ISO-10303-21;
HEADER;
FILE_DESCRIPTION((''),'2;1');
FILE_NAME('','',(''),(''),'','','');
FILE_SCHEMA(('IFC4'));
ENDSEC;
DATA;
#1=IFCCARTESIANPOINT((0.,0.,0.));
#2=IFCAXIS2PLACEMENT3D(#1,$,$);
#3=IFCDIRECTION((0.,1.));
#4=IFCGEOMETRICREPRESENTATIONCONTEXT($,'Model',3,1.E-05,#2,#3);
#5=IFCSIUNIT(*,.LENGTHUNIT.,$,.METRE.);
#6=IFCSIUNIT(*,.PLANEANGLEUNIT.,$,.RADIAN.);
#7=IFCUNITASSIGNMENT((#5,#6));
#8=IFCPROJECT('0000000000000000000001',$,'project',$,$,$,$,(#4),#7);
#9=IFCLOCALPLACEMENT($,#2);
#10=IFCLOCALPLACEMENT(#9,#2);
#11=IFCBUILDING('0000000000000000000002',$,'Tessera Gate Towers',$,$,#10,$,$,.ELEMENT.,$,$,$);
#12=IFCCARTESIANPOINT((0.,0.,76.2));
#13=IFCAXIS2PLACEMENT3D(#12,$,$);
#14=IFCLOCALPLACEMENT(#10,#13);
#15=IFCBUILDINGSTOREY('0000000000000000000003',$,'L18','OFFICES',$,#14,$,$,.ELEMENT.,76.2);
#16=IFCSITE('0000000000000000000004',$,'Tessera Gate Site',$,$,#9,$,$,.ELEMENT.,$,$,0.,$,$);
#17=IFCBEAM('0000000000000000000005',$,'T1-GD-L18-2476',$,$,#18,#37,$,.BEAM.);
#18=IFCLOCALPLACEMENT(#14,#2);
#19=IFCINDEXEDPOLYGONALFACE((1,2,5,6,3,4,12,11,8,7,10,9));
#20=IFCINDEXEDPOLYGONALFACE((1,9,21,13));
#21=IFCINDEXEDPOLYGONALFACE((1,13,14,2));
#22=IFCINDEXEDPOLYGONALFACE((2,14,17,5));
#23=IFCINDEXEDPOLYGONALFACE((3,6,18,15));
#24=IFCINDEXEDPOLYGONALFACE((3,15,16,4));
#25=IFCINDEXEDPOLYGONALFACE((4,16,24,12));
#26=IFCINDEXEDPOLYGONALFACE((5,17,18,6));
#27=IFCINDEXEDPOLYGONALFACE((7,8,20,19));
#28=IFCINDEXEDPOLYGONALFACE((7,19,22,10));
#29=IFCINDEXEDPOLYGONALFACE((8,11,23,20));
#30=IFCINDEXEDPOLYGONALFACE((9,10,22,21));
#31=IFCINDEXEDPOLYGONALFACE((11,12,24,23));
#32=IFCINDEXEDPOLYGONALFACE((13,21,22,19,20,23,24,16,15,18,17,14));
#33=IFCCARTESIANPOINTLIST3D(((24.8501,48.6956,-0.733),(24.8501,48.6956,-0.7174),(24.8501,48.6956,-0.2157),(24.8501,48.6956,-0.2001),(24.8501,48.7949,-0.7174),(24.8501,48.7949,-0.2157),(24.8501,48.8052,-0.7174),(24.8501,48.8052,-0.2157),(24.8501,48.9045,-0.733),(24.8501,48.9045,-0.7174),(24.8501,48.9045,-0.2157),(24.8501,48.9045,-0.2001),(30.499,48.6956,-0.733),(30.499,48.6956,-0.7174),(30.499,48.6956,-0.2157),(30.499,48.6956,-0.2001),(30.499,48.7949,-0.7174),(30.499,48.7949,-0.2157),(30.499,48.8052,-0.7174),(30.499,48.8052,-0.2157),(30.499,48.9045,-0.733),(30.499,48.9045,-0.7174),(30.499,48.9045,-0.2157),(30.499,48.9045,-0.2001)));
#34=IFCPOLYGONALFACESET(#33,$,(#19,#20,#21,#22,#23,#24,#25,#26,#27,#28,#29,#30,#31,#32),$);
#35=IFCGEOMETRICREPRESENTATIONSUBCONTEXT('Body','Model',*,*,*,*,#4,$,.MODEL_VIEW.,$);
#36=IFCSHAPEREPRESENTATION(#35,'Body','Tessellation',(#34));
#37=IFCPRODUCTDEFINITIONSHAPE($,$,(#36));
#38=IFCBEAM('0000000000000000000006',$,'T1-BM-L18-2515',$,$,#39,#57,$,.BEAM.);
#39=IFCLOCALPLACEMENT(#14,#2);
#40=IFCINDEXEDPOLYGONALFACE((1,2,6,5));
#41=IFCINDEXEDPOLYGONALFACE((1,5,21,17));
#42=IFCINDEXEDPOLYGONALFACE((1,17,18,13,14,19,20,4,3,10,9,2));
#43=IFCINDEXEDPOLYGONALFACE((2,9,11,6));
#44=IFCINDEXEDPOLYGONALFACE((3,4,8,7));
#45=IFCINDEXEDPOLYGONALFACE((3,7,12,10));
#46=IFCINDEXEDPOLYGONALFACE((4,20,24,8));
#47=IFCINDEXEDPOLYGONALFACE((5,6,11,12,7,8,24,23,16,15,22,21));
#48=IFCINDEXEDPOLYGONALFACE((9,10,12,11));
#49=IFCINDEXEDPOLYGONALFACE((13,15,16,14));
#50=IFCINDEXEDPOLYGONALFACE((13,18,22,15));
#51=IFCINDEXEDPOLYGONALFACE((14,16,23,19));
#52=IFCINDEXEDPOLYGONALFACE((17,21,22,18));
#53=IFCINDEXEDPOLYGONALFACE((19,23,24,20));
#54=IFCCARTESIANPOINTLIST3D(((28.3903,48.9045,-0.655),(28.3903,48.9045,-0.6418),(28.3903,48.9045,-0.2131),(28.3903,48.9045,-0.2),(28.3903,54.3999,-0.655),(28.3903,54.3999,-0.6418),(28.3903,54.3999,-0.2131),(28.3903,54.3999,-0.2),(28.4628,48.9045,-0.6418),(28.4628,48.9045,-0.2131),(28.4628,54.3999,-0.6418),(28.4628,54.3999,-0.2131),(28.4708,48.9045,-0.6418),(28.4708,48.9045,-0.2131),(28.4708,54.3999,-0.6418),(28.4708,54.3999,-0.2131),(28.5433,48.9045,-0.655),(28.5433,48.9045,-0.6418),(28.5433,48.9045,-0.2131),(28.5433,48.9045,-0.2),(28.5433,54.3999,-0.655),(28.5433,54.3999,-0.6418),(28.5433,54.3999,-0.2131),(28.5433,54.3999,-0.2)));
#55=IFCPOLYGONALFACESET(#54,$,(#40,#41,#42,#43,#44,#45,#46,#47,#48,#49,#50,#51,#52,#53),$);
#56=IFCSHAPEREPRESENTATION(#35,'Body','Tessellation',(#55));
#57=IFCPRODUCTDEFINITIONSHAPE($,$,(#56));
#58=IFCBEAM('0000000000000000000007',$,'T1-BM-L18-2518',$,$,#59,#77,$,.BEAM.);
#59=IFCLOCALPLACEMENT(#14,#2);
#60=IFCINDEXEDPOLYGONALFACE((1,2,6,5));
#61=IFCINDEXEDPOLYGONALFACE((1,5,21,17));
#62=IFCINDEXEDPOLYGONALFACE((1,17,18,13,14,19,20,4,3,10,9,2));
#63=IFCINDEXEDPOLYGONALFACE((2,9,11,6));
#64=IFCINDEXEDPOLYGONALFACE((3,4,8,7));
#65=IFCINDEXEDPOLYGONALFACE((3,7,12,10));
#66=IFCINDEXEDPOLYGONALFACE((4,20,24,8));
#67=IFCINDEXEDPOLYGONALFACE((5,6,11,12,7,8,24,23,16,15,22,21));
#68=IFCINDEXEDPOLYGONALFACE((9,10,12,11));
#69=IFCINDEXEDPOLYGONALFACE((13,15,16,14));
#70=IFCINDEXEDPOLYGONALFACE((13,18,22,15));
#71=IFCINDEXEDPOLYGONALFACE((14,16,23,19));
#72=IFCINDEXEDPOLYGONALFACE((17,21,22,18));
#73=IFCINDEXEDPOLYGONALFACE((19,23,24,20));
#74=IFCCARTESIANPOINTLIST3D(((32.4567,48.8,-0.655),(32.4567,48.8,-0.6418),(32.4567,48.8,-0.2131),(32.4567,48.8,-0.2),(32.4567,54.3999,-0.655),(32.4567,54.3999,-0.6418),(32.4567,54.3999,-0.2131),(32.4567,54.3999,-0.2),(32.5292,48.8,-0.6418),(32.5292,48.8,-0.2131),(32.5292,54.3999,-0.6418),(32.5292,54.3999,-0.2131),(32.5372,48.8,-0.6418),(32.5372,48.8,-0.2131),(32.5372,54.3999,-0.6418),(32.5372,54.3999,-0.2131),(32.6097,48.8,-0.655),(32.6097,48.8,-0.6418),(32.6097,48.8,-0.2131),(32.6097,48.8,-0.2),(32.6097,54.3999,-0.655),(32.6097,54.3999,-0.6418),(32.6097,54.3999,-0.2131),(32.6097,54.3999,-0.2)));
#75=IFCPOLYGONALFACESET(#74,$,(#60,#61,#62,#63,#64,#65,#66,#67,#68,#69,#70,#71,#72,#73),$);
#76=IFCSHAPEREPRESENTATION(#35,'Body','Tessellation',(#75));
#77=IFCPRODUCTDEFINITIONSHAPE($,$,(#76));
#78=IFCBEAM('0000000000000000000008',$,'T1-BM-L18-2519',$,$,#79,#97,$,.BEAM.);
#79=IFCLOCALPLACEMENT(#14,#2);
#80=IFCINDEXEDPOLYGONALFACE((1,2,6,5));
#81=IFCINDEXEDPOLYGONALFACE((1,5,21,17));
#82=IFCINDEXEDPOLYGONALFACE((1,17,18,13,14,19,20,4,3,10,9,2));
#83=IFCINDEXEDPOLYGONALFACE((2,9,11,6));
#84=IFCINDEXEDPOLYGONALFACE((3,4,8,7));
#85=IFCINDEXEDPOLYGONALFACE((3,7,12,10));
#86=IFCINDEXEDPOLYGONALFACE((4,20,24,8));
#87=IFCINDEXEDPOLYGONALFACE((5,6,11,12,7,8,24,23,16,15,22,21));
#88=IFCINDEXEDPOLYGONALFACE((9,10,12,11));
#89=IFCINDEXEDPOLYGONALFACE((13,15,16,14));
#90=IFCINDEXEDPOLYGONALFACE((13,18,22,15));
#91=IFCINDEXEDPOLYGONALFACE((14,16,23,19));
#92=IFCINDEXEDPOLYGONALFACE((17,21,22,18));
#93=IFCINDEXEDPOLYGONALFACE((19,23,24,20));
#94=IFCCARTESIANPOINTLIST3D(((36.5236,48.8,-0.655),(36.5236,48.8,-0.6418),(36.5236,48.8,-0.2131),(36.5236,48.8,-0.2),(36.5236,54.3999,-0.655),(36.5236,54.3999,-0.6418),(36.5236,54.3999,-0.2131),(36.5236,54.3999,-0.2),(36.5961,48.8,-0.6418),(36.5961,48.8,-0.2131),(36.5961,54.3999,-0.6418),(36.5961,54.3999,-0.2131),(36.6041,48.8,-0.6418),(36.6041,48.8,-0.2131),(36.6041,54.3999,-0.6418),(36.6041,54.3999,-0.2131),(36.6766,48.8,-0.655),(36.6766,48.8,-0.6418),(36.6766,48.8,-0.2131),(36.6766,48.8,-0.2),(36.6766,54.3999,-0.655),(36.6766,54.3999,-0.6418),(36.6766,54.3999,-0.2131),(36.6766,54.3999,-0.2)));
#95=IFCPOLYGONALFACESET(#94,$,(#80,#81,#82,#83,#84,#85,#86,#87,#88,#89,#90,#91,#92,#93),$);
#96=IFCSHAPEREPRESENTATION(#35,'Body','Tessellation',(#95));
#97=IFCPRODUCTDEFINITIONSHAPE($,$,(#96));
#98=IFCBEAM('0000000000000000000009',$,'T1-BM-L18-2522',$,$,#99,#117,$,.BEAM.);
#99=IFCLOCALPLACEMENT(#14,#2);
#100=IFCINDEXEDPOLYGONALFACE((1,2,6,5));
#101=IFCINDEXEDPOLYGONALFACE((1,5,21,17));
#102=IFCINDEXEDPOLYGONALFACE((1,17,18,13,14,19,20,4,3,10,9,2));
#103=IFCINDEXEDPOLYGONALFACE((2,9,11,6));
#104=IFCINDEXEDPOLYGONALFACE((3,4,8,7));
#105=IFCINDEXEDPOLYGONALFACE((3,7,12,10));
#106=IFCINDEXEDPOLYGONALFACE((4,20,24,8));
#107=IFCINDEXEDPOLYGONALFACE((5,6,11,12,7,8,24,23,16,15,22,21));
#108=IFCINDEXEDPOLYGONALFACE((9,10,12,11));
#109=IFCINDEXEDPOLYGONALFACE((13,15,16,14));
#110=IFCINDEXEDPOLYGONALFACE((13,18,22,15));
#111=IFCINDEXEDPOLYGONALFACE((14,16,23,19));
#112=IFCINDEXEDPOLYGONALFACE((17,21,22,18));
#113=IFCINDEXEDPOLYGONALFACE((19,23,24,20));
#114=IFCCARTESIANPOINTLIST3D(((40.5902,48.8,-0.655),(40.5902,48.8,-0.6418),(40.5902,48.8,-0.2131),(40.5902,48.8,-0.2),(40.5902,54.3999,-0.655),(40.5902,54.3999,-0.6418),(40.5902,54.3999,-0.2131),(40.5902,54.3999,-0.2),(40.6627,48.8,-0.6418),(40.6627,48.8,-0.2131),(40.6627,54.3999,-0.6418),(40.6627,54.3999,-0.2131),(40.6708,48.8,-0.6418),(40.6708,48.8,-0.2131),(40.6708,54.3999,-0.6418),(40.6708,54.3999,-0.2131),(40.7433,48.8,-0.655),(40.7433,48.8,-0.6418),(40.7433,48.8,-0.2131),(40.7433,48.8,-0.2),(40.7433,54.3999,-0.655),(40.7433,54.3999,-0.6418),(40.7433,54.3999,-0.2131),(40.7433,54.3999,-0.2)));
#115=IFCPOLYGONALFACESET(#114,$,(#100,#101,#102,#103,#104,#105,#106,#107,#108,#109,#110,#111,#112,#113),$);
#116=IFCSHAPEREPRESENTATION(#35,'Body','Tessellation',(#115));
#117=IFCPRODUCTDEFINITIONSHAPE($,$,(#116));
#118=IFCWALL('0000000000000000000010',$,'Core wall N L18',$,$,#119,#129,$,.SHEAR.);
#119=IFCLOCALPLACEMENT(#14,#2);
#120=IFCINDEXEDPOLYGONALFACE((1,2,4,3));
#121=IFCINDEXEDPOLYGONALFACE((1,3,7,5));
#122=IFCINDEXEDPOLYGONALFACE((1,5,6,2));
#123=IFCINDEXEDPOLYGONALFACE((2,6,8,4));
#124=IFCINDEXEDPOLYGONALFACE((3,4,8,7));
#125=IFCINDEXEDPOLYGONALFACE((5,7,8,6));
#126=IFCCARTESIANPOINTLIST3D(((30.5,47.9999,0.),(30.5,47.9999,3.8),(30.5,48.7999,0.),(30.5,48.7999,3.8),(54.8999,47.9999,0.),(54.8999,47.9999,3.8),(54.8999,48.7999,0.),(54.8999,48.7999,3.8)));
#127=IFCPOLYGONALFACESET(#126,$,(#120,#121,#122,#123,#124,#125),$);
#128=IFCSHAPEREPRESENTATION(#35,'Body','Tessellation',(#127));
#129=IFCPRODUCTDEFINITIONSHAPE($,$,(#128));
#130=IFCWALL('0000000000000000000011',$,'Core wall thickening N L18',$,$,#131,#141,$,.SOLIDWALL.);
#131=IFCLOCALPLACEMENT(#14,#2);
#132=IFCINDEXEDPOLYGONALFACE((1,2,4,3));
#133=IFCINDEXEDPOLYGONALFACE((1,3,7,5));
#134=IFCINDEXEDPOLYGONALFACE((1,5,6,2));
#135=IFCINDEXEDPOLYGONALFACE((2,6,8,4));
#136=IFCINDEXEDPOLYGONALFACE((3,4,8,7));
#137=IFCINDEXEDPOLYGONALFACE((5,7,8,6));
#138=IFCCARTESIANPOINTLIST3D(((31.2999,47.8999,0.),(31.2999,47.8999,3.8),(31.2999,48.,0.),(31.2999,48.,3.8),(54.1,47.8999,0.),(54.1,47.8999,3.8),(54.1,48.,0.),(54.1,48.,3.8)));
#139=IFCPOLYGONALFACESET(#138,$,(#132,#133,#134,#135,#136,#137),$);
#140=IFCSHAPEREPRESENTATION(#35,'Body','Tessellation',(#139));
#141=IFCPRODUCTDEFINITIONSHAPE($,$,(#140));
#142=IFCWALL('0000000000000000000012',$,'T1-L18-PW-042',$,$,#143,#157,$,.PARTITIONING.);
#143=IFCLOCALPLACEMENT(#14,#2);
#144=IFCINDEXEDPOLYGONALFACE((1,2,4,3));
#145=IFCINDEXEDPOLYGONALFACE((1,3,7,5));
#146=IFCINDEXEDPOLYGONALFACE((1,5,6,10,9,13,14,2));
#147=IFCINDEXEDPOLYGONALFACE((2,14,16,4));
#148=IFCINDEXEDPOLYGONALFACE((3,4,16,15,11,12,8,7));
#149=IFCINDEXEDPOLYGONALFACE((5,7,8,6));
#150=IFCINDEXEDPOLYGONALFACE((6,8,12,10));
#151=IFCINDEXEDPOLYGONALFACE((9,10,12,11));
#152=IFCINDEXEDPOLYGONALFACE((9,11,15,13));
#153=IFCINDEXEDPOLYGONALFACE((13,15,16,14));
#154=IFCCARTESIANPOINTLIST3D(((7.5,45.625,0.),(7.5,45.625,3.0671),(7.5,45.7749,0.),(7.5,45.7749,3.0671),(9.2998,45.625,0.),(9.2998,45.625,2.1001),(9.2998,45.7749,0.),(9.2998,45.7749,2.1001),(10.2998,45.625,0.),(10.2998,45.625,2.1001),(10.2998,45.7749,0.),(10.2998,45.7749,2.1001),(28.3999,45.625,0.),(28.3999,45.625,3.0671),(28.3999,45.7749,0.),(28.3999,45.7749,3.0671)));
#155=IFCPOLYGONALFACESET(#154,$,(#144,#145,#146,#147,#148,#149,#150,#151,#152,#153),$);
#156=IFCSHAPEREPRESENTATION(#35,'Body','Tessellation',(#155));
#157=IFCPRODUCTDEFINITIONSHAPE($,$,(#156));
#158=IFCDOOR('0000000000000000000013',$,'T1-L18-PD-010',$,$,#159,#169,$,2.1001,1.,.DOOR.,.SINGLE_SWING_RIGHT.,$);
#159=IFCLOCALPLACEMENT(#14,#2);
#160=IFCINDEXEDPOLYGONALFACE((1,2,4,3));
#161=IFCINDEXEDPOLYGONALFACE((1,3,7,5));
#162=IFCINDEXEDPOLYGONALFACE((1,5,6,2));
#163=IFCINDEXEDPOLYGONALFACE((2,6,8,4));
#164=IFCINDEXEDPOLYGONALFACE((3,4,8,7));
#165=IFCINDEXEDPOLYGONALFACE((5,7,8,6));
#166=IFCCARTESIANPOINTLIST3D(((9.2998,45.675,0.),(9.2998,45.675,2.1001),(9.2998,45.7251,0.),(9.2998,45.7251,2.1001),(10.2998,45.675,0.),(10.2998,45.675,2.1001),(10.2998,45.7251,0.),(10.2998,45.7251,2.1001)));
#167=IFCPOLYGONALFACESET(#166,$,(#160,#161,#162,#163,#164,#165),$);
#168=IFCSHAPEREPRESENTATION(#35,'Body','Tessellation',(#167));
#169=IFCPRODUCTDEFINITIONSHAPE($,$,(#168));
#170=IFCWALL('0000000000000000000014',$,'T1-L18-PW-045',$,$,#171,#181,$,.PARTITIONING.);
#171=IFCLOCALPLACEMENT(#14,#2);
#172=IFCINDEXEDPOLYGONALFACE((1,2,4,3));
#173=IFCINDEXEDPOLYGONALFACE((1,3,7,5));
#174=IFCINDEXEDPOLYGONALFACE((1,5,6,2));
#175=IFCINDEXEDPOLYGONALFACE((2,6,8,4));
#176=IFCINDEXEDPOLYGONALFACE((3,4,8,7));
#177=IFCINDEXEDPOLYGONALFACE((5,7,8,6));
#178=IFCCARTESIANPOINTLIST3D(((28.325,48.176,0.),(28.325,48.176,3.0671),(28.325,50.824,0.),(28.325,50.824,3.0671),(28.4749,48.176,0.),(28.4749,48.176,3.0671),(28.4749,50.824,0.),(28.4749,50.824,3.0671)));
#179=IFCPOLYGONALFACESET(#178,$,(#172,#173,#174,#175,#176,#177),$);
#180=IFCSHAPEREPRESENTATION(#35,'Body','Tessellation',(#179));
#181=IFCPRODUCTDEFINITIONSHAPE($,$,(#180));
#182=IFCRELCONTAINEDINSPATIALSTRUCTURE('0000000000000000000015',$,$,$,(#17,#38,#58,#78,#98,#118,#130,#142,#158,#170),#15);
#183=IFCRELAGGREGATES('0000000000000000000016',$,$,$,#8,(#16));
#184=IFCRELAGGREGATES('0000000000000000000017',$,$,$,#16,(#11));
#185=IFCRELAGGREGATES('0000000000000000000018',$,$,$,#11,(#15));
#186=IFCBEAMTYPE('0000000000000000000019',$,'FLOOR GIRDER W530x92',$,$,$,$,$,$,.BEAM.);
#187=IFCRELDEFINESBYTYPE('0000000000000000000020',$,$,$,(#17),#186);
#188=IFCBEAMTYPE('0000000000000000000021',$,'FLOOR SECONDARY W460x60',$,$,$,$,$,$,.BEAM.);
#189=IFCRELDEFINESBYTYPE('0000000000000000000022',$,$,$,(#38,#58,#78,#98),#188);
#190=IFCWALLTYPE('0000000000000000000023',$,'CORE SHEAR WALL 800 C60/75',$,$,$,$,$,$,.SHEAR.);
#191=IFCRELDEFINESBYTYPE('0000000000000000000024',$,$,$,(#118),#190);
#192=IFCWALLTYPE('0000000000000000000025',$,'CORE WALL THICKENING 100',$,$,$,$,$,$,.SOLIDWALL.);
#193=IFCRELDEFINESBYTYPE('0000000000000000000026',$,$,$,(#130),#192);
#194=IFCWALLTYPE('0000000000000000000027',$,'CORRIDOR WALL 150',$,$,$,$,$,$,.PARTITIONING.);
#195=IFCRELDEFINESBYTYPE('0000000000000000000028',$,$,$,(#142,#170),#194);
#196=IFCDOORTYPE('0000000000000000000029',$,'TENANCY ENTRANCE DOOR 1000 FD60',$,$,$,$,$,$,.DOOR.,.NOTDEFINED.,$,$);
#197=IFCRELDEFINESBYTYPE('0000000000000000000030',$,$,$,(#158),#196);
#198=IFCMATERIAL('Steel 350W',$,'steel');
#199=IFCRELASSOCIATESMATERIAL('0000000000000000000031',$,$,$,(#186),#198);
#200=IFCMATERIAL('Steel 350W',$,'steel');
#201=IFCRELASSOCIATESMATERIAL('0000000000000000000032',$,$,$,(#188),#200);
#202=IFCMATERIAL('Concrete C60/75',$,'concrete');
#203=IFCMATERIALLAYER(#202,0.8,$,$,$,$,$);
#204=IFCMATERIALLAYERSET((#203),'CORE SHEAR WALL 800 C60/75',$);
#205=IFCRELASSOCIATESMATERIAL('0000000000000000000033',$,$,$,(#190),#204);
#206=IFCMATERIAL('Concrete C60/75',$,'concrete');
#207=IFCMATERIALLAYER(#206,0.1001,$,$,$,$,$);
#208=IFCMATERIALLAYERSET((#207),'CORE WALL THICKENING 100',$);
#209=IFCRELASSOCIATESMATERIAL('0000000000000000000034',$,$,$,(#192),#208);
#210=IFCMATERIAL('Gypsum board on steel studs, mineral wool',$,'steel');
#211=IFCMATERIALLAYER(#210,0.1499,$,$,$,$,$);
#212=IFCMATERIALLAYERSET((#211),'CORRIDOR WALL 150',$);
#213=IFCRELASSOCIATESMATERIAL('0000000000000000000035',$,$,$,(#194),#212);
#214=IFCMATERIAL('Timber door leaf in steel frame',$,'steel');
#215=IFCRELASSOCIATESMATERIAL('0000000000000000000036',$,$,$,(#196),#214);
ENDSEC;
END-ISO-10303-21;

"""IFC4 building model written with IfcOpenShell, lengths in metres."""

from ifc_helpers import new_model, si_unit, direction, frame, frame_2d, origin, origin_2d, place, context, subcontext, project, spatial, rectangle, i_section, extrude, source, transform, mapped, material, layer, layer_set, material_profile, profile_set, type_object, element, fill, save


model = new_model("IFC4")

# Units and contexts
model_context = context("Model", 3, precision=1e-05, world=origin(), true_north=direction((0.0, 1.0)))
body_context = subcontext(model_context, "Body", "Model", "MODEL_VIEW")
ifc_project = project(units=[si_unit("LENGTHUNIT", "METRE"), si_unit("PLANEANGLEUNIT", "RADIAN")], contexts=[model_context])

# Site, building, storey
site_placement = place(None, origin())
site = spatial("IfcSite", under=ifc_project, at=site_placement, Name="Tessera Gate Site", CompositionType="ELEMENT", RefElevation=0.0)
building_placement = place(site_placement, origin())
building = spatial("IfcBuilding", under=site, at=building_placement, Name="Tessera Gate Towers", CompositionType="ELEMENT")
storey_placement = place(building_placement, frame((0.0, 0.0, 76.2)))
storey = spatial("IfcBuildingStorey", under=building, at=storey_placement, Name="L18", Description="OFFICES", CompositionType="ELEMENT", Elevation=76.2)

# Beams
ifc_material_1 = material(Name="Steel 350W", Category="steel")
ifc_material_profile_1 = material_profile(ifc_material_1, i_section(OverallWidth=0.209, OverallDepth=0.533, WebThickness=0.0103, FlangeThickness=0.0156, at=origin_2d()), Name="W530x92")
ifc_profile_set_1 = profile_set([ifc_material_profile_1], Name="Steel 350W")
beam_type_1 = type_object("IfcBeamType", Name="FLOOR GIRDER W530x92", PredefinedType="BEAM", material=ifc_profile_set_1)
beam_1_placement = place(storey_placement, frame((24.8501, 48.8, -0.4666), z_axis=(1.0, 0.0, 0.0), x_axis=(0.0, 1.0, 0.0)))
element("IfcBeam", 1, at=beam_1_placement, inside=storey, type_object=beam_type_1, Name="T1-GD-L18-2476", PredefinedType="BEAM", context=body_context, shape_type="SweptSolid", body=[
    extrude(i_section(OverallWidth=0.209, OverallDepth=0.533, WebThickness=0.0103, FlangeThickness=0.0156, at=origin_2d()), origin(), (0.0, 0.0, 1.0), 5.6489),
])
ifc_material_2 = material(Name="Steel 350W", Category="steel")
ifc_material_profile_2 = material_profile(ifc_material_2, i_section(OverallWidth=0.1531, OverallDepth=0.4551, WebThickness=0.0081, FlangeThickness=0.0132, at=origin_2d()), Name="W460x60")
ifc_profile_set_2 = profile_set([ifc_material_profile_2], Name="Steel 350W")
beam_type_2 = type_object("IfcBeamType", Name="FLOOR SECONDARY W460x60", PredefinedType="BEAM", material=ifc_profile_set_2)
beam_2_placement = place(storey_placement, frame((28.4668, 48.9045, -0.4275), z_axis=(0.0, 1.0, 0.0), x_axis=(-1.0, 0.0, 0.0)))
element("IfcBeam", 2, at=beam_2_placement, inside=storey, type_object=beam_type_2, Name="T1-BM-L18-2515", PredefinedType="BEAM", context=body_context, shape_type="SweptSolid", body=[
    extrude(i_section(OverallWidth=0.1531, OverallDepth=0.4551, WebThickness=0.0081, FlangeThickness=0.0132, at=origin_2d()), origin(), (0.0, 0.0, 1.0), 5.4954),
])
for number, where, z_axis, x_axis, name in (
    (3, (32.5332, 48.8, -0.4275), (0.0, 1.0, 0.0), (-1.0, 0.0, 0.0), "T1-BM-L18-2518"),
    (4, (36.6001, 48.8, -0.4275), (0.0, 1.0, 0.0), (-1.0, 0.0, 0.0), "T1-BM-L18-2519"),
    (5, (40.6667, 48.8, -0.4275), (0.0, 1.0, 0.0), (-1.0, 0.0, 0.0), "T1-BM-L18-2522"),
):
    element("IfcBeam", number, at=place(storey_placement, frame(where, z_axis=z_axis, x_axis=x_axis)), inside=storey, type_object=beam_type_2, Name=name, PredefinedType="BEAM", context=body_context, shape_type="SweptSolid", body=[
        extrude(i_section(OverallWidth=0.1531, OverallDepth=0.4551, WebThickness=0.0081, FlangeThickness=0.0132, at=origin_2d()), origin(), (0.0, 0.0, 1.0), 5.5999),
    ])

# Walls
ifc_material_3 = material(Name="Concrete C60/75", Category="concrete")
ifc_layer_1 = layer(ifc_material_3, 0.8)
ifc_layer_set_1 = layer_set([ifc_layer_1], Name="CORE SHEAR WALL 800 C60/75")
wall_type_1 = type_object("IfcWallType", Name="CORE SHEAR WALL 800 C60/75", PredefinedType="SHEAR", material=ifc_layer_set_1)
wall_1_placement = place(storey_placement, frame((30.5, 48.3999, 0.0), z_axis=(0.0, 0.0, 1.0), x_axis=(1.0, 0.0, 0.0)))
element("IfcWall", 6, at=wall_1_placement, inside=storey, type_object=wall_type_1, Name="Core wall N L18", PredefinedType="SHEAR", context=body_context, shape_type="SweptSolid", body=[
    extrude(rectangle(XDim=24.3999, YDim=0.8, at=frame_2d((12.2, 0.0))), origin(), (0.0, 0.0, 1.0), 3.8),
])
ifc_material_4 = material(Name="Concrete C60/75", Category="concrete")
ifc_layer_2 = layer(ifc_material_4, 0.1001)
ifc_layer_set_2 = layer_set([ifc_layer_2], Name="CORE WALL THICKENING 100")
wall_type_2 = type_object("IfcWallType", Name="CORE WALL THICKENING 100", PredefinedType="SOLIDWALL", material=ifc_layer_set_2)
wall_2_placement = place(storey_placement, frame((31.3, 47.95, 0.0), z_axis=(0.0, 0.0, 1.0), x_axis=(1.0, 0.0, 0.0)))
element("IfcWall", 7, at=wall_2_placement, inside=storey, type_object=wall_type_2, Name="Core wall thickening N L18", PredefinedType="SOLIDWALL", context=body_context, shape_type="SweptSolid", body=[
    extrude(rectangle(XDim=22.8, YDim=0.1001, at=frame_2d((11.3999, 0.0))), origin(), (0.0, 0.0, 1.0), 3.8),
])

# Wall, opening, door
ifc_material_5 = material(Name="Gypsum board on steel studs, mineral wool", Category="steel")
ifc_layer_3 = layer(ifc_material_5, 0.1499)
ifc_layer_set_3 = layer_set([ifc_layer_3], Name="CORRIDOR WALL 150")
wall_type_3 = type_object("IfcWallType", Name="CORRIDOR WALL 150", PredefinedType="PARTITIONING", material=ifc_layer_set_3)
wall_3_placement = place(storey_placement, frame((28.3999, 45.7, 0.0), z_axis=(0.0, 0.0, 1.0), x_axis=(-1.0, 0.0, 0.0)))
wall_3 = element("IfcWall", 8, at=wall_3_placement, inside=storey, type_object=wall_type_3, Name="T1-L18-PW-042", PredefinedType="PARTITIONING", context=body_context, shape_type="SweptSolid", body=[
    extrude(rectangle(XDim=20.8999, YDim=0.1499, at=frame_2d((10.45, 0.0))), origin(), (0.0, 0.0, 1.0), 3.0671),
])
shared_shape_1 = source(origin(), body_context, "Body", "SweptSolid", [
    extrude(rectangle(XDim=1.0, YDim=2.1001, at=frame_2d((0.5, 1.05))), frame((0.0, 0.085, 0.0), z_axis=(0.0, -1.0, 0.0), x_axis=(1.0, 0.0, 0.0)), (0.0, 0.0, 1.0), 0.1699),
])
opening_1_placement = place(wall_3_placement, frame((18.1001, 0.0, 0.0)))
opening_1 = element("IfcOpeningElement", 9, at=opening_1_placement, cuts=wall_3, PredefinedType="OPENING", context=body_context, shape_type="MappedRepresentation", body=[
    mapped(shared_shape_1, transform((0.0, 0.0, 0.0), scale=1.0)),
])
ifc_material_6 = material(Name="Timber door leaf in steel frame", Category="steel")
door_type_1 = type_object("IfcDoorType", Name="TENANCY ENTRANCE DOOR 1000 FD60", OperationType="NOTDEFINED", PredefinedType="DOOR", material=ifc_material_6)
shared_shape_2 = source(origin(), body_context, "Body", "SweptSolid", [
    extrude(rectangle(XDim=1.0, YDim=2.1001, at=frame_2d((0.5, 1.05))), frame((0.0, 0.0249, 0.0), z_axis=(0.0, -1.0, 0.0), x_axis=(1.0, 0.0, 0.0)), (0.0, 0.0, 1.0), 0.05),
])
door_1_placement = place(opening_1_placement, origin())
door_1 = element("IfcDoor", 10, at=door_1_placement, inside=storey, type_object=door_type_1, Name="T1-L18-PD-010", OperationType="SINGLE_SWING_RIGHT", OverallHeight=2.1001, OverallWidth=1.0, PredefinedType="DOOR", context=body_context, shape_type="MappedRepresentation", body=[
    mapped(shared_shape_2, transform((0.0, 0.0, 0.0), scale=1.0)),
])
fill(opening_1, door_1)

# Wall
wall_4_placement = place(storey_placement, frame((28.3999, 48.176, 0.0), z_axis=(0.0, 0.0, 1.0), x_axis=(0.0, 1.0, 0.0)))
element("IfcWall", 11, at=wall_4_placement, inside=storey, type_object=wall_type_3, Name="T1-L18-PW-045", PredefinedType="PARTITIONING", context=body_context, shape_type="SweptSolid", body=[
    extrude(rectangle(XDim=2.6479, YDim=0.1499, at=frame_2d((1.324, 0.0))), origin(), (0.0, 0.0, 1.0), 3.0671),
])

save(model, "model.ifc")
